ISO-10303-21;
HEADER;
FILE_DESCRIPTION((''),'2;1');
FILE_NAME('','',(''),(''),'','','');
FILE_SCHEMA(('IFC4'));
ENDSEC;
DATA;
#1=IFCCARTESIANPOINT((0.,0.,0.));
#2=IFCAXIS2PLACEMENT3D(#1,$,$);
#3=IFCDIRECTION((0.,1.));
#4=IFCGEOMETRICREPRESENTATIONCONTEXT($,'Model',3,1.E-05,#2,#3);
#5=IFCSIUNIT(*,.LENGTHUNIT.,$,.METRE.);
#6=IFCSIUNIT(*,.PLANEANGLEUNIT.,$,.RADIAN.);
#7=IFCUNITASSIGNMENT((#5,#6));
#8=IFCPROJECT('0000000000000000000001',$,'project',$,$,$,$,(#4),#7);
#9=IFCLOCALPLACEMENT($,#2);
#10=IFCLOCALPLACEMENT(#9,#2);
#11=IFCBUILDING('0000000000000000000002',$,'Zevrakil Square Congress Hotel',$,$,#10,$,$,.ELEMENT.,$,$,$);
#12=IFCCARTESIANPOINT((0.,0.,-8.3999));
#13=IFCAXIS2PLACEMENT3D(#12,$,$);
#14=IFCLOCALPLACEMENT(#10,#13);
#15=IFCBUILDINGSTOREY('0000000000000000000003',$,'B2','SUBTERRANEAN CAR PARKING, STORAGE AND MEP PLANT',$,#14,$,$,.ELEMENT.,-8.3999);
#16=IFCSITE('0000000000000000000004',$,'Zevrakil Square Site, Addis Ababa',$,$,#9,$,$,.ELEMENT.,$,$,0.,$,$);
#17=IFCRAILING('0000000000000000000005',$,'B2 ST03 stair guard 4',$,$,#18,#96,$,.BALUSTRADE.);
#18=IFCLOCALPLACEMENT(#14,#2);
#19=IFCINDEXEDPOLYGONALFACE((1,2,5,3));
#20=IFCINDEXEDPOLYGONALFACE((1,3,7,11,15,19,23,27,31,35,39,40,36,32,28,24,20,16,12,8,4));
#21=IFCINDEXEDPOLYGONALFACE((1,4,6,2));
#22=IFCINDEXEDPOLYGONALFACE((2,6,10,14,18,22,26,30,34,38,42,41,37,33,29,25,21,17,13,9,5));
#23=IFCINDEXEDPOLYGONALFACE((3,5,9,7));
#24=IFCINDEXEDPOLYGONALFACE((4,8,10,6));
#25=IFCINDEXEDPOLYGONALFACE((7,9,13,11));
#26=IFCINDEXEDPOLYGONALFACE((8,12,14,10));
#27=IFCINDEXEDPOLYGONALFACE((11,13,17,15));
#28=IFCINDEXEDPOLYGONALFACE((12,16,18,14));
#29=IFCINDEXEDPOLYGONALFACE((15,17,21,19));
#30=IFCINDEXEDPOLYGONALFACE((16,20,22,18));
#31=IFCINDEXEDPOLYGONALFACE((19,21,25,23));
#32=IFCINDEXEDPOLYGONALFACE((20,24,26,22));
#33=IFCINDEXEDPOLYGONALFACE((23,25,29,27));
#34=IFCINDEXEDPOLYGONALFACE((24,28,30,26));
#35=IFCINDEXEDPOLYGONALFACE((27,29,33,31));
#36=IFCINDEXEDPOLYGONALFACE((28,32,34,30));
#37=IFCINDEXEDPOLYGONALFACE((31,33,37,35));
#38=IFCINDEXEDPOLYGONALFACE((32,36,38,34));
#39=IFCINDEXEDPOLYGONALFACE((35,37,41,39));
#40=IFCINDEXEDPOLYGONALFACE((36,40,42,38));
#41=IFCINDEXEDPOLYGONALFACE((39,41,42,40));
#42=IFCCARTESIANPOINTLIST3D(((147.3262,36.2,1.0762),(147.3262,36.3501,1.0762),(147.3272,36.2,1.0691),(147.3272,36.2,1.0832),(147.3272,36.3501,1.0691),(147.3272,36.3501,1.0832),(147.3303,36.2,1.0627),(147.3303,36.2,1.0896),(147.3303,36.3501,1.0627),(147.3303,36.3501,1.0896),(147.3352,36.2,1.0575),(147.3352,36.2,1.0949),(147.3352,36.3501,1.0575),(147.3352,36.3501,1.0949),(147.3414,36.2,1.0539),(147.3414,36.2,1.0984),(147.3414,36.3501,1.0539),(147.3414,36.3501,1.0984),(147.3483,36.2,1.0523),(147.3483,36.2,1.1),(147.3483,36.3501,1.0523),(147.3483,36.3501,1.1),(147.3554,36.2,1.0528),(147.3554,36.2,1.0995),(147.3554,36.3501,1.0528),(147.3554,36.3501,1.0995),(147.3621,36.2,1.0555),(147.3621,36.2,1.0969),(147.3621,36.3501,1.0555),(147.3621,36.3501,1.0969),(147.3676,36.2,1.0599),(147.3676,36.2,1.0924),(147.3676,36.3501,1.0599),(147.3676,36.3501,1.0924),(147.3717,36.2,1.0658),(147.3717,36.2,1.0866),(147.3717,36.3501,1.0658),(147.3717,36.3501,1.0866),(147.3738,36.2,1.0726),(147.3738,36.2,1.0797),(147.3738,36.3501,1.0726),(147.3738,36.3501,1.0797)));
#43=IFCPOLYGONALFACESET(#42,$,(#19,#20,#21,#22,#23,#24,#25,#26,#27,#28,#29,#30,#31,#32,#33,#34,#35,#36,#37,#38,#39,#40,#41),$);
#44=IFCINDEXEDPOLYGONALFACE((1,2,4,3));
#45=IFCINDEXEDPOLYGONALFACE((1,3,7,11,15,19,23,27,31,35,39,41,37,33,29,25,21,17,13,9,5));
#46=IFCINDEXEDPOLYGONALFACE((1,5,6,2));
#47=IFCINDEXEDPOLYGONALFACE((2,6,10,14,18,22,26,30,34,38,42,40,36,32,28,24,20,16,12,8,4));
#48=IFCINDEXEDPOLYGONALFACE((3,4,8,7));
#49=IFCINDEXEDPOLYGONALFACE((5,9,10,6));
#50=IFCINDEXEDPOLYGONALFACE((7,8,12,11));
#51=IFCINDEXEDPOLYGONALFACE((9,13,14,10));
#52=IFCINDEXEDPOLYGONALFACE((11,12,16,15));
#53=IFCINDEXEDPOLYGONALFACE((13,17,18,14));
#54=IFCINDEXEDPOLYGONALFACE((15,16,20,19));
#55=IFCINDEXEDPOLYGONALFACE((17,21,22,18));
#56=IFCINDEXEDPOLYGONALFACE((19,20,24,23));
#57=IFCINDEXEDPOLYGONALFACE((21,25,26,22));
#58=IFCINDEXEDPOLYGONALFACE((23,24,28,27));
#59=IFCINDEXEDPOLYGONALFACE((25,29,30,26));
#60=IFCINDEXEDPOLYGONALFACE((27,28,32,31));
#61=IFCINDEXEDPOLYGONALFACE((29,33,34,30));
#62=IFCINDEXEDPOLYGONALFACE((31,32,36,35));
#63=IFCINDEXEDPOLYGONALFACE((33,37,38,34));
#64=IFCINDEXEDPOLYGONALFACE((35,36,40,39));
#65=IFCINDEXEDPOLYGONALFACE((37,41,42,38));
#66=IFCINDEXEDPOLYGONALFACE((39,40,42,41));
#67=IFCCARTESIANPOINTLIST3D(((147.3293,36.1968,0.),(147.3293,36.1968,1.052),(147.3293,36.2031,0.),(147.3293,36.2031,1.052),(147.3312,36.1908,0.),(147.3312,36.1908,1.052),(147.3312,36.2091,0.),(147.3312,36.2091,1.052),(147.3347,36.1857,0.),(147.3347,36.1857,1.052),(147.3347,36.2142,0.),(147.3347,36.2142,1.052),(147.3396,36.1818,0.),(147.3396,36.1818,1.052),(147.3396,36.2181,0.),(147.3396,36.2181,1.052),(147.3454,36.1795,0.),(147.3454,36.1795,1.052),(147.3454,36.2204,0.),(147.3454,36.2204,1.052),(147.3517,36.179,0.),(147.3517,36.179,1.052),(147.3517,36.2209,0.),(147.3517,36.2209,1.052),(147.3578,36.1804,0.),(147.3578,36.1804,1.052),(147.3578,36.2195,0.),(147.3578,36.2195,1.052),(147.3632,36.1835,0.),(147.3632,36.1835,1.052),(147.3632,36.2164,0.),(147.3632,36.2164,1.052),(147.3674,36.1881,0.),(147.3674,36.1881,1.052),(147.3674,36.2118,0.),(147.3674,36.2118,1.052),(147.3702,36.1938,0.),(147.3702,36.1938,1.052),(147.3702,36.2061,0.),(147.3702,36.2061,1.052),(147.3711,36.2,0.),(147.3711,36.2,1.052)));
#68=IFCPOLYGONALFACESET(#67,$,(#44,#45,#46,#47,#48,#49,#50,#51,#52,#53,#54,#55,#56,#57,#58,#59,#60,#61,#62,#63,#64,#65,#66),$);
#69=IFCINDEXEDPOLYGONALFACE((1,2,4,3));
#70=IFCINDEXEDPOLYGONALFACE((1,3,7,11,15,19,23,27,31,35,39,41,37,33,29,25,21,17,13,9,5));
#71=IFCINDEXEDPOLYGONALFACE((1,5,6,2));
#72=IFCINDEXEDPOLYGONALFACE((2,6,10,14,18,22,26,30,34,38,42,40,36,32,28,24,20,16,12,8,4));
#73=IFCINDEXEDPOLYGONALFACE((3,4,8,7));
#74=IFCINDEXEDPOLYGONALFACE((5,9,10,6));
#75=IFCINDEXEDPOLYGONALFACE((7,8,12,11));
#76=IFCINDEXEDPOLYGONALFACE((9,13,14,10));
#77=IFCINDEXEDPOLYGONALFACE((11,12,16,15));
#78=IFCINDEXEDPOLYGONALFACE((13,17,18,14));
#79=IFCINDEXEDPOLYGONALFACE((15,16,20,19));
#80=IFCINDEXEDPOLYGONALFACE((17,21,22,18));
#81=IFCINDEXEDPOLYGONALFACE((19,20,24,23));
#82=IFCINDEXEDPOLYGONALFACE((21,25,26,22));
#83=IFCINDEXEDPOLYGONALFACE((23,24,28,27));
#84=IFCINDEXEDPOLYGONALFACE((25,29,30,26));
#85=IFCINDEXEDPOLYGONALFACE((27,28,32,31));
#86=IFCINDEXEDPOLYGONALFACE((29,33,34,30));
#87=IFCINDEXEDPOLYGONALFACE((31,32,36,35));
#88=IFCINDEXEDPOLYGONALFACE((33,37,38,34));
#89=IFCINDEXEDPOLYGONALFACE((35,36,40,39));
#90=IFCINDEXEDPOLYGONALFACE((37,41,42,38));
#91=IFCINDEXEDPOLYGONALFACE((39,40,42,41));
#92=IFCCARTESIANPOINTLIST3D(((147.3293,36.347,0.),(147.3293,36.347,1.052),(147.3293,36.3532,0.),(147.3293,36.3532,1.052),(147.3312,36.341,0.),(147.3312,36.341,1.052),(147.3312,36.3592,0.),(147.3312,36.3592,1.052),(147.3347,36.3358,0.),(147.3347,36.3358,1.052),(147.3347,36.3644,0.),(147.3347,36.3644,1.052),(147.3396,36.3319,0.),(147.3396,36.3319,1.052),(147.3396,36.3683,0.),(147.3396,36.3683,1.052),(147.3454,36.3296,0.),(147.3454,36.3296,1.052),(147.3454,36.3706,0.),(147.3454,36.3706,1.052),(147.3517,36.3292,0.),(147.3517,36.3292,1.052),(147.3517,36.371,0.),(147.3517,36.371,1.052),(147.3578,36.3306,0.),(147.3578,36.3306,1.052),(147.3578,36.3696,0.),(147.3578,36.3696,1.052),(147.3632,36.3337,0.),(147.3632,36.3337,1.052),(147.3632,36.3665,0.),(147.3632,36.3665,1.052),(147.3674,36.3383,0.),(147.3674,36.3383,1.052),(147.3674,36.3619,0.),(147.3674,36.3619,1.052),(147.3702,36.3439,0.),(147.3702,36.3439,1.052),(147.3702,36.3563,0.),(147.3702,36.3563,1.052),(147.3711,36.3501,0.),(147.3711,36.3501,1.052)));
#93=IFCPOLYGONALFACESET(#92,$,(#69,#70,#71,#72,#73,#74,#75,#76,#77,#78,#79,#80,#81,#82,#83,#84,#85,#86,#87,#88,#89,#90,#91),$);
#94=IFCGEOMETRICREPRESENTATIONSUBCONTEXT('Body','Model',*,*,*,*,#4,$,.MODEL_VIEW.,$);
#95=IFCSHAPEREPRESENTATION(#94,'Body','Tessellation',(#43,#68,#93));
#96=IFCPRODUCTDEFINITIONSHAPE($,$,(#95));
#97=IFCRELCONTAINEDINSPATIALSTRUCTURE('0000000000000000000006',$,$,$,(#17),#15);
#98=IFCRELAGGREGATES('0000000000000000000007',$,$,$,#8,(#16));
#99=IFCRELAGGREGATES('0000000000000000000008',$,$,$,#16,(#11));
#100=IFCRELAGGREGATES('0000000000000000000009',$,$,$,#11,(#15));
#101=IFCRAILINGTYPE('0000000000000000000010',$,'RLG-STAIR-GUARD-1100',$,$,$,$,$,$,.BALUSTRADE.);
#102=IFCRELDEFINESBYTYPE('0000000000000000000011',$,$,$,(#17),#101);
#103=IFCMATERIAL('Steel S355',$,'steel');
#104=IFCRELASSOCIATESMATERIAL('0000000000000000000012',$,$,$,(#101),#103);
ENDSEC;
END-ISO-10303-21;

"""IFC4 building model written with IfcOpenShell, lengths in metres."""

from ifc_helpers import new_model, si_unit, direction, frame, origin, origin_2d, place, context, subcontext, project, spatial, circle, extrude, material, type_object, element, save


model = new_model("IFC4")

# Units and contexts
model_context = context("Model", 3, precision=1e-05, world=origin(), true_north=direction((0.0, 1.0)))
body_context = subcontext(model_context, "Body", "Model", "MODEL_VIEW")
ifc_project = project(units=[si_unit("LENGTHUNIT", "METRE"), si_unit("PLANEANGLEUNIT", "RADIAN")], contexts=[model_context])

# Site, building, storey
site_placement = place(None, origin())
site = spatial("IfcSite", under=ifc_project, at=site_placement, Name="Zevrakil Square Site, Addis Ababa", CompositionType="ELEMENT", RefElevation=0.0)
building_placement = place(site_placement, origin())
building = spatial("IfcBuilding", under=site, at=building_placement, Name="Zevrakil Square Congress Hotel", CompositionType="ELEMENT")
storey_placement = place(building_placement, frame((0.0, 0.0, -8.3999)))
storey = spatial("IfcBuildingStorey", under=building, at=storey_placement, Name="B2", Description="SUBTERRANEAN CAR PARKING, STORAGE AND MEP PLANT", CompositionType="ELEMENT", Elevation=-8.3999)

# Railing
ifc_material_1 = material(Name="Steel S355", Category="steel")
railing_type_1 = type_object("IfcRailingType", Name="RLG-STAIR-GUARD-1100", PredefinedType="BALUSTRADE", material=ifc_material_1)
railing_1_placement = place(storey_placement, frame((147.3501, 36.2, 0.0)))
element("IfcRailing", 1, at=railing_1_placement, inside=storey, type_object=railing_type_1, Name="B2 ST03 stair guard 4", PredefinedType="BALUSTRADE", context=body_context, shape_type="SweptSolid", body=[
    extrude(circle(Radius=0.0239, at=origin_2d()), frame((0.0, 0.0, 1.0762), z_axis=(0.0, 1.0, 0.0), x_axis=(-1.0, 0.0, 0.0)), (0.0, 0.0, 1.0), 0.1501),
    extrude(circle(Radius=0.021, at=origin_2d()), origin(), (0.0, 0.0, 1.0), 1.052),
    extrude(circle(Radius=0.021, at=origin_2d()), frame((0.0, 0.1501, 0.0)), (0.0, 0.0, 1.0), 1.052),
])

save(model, "model.ifc")
